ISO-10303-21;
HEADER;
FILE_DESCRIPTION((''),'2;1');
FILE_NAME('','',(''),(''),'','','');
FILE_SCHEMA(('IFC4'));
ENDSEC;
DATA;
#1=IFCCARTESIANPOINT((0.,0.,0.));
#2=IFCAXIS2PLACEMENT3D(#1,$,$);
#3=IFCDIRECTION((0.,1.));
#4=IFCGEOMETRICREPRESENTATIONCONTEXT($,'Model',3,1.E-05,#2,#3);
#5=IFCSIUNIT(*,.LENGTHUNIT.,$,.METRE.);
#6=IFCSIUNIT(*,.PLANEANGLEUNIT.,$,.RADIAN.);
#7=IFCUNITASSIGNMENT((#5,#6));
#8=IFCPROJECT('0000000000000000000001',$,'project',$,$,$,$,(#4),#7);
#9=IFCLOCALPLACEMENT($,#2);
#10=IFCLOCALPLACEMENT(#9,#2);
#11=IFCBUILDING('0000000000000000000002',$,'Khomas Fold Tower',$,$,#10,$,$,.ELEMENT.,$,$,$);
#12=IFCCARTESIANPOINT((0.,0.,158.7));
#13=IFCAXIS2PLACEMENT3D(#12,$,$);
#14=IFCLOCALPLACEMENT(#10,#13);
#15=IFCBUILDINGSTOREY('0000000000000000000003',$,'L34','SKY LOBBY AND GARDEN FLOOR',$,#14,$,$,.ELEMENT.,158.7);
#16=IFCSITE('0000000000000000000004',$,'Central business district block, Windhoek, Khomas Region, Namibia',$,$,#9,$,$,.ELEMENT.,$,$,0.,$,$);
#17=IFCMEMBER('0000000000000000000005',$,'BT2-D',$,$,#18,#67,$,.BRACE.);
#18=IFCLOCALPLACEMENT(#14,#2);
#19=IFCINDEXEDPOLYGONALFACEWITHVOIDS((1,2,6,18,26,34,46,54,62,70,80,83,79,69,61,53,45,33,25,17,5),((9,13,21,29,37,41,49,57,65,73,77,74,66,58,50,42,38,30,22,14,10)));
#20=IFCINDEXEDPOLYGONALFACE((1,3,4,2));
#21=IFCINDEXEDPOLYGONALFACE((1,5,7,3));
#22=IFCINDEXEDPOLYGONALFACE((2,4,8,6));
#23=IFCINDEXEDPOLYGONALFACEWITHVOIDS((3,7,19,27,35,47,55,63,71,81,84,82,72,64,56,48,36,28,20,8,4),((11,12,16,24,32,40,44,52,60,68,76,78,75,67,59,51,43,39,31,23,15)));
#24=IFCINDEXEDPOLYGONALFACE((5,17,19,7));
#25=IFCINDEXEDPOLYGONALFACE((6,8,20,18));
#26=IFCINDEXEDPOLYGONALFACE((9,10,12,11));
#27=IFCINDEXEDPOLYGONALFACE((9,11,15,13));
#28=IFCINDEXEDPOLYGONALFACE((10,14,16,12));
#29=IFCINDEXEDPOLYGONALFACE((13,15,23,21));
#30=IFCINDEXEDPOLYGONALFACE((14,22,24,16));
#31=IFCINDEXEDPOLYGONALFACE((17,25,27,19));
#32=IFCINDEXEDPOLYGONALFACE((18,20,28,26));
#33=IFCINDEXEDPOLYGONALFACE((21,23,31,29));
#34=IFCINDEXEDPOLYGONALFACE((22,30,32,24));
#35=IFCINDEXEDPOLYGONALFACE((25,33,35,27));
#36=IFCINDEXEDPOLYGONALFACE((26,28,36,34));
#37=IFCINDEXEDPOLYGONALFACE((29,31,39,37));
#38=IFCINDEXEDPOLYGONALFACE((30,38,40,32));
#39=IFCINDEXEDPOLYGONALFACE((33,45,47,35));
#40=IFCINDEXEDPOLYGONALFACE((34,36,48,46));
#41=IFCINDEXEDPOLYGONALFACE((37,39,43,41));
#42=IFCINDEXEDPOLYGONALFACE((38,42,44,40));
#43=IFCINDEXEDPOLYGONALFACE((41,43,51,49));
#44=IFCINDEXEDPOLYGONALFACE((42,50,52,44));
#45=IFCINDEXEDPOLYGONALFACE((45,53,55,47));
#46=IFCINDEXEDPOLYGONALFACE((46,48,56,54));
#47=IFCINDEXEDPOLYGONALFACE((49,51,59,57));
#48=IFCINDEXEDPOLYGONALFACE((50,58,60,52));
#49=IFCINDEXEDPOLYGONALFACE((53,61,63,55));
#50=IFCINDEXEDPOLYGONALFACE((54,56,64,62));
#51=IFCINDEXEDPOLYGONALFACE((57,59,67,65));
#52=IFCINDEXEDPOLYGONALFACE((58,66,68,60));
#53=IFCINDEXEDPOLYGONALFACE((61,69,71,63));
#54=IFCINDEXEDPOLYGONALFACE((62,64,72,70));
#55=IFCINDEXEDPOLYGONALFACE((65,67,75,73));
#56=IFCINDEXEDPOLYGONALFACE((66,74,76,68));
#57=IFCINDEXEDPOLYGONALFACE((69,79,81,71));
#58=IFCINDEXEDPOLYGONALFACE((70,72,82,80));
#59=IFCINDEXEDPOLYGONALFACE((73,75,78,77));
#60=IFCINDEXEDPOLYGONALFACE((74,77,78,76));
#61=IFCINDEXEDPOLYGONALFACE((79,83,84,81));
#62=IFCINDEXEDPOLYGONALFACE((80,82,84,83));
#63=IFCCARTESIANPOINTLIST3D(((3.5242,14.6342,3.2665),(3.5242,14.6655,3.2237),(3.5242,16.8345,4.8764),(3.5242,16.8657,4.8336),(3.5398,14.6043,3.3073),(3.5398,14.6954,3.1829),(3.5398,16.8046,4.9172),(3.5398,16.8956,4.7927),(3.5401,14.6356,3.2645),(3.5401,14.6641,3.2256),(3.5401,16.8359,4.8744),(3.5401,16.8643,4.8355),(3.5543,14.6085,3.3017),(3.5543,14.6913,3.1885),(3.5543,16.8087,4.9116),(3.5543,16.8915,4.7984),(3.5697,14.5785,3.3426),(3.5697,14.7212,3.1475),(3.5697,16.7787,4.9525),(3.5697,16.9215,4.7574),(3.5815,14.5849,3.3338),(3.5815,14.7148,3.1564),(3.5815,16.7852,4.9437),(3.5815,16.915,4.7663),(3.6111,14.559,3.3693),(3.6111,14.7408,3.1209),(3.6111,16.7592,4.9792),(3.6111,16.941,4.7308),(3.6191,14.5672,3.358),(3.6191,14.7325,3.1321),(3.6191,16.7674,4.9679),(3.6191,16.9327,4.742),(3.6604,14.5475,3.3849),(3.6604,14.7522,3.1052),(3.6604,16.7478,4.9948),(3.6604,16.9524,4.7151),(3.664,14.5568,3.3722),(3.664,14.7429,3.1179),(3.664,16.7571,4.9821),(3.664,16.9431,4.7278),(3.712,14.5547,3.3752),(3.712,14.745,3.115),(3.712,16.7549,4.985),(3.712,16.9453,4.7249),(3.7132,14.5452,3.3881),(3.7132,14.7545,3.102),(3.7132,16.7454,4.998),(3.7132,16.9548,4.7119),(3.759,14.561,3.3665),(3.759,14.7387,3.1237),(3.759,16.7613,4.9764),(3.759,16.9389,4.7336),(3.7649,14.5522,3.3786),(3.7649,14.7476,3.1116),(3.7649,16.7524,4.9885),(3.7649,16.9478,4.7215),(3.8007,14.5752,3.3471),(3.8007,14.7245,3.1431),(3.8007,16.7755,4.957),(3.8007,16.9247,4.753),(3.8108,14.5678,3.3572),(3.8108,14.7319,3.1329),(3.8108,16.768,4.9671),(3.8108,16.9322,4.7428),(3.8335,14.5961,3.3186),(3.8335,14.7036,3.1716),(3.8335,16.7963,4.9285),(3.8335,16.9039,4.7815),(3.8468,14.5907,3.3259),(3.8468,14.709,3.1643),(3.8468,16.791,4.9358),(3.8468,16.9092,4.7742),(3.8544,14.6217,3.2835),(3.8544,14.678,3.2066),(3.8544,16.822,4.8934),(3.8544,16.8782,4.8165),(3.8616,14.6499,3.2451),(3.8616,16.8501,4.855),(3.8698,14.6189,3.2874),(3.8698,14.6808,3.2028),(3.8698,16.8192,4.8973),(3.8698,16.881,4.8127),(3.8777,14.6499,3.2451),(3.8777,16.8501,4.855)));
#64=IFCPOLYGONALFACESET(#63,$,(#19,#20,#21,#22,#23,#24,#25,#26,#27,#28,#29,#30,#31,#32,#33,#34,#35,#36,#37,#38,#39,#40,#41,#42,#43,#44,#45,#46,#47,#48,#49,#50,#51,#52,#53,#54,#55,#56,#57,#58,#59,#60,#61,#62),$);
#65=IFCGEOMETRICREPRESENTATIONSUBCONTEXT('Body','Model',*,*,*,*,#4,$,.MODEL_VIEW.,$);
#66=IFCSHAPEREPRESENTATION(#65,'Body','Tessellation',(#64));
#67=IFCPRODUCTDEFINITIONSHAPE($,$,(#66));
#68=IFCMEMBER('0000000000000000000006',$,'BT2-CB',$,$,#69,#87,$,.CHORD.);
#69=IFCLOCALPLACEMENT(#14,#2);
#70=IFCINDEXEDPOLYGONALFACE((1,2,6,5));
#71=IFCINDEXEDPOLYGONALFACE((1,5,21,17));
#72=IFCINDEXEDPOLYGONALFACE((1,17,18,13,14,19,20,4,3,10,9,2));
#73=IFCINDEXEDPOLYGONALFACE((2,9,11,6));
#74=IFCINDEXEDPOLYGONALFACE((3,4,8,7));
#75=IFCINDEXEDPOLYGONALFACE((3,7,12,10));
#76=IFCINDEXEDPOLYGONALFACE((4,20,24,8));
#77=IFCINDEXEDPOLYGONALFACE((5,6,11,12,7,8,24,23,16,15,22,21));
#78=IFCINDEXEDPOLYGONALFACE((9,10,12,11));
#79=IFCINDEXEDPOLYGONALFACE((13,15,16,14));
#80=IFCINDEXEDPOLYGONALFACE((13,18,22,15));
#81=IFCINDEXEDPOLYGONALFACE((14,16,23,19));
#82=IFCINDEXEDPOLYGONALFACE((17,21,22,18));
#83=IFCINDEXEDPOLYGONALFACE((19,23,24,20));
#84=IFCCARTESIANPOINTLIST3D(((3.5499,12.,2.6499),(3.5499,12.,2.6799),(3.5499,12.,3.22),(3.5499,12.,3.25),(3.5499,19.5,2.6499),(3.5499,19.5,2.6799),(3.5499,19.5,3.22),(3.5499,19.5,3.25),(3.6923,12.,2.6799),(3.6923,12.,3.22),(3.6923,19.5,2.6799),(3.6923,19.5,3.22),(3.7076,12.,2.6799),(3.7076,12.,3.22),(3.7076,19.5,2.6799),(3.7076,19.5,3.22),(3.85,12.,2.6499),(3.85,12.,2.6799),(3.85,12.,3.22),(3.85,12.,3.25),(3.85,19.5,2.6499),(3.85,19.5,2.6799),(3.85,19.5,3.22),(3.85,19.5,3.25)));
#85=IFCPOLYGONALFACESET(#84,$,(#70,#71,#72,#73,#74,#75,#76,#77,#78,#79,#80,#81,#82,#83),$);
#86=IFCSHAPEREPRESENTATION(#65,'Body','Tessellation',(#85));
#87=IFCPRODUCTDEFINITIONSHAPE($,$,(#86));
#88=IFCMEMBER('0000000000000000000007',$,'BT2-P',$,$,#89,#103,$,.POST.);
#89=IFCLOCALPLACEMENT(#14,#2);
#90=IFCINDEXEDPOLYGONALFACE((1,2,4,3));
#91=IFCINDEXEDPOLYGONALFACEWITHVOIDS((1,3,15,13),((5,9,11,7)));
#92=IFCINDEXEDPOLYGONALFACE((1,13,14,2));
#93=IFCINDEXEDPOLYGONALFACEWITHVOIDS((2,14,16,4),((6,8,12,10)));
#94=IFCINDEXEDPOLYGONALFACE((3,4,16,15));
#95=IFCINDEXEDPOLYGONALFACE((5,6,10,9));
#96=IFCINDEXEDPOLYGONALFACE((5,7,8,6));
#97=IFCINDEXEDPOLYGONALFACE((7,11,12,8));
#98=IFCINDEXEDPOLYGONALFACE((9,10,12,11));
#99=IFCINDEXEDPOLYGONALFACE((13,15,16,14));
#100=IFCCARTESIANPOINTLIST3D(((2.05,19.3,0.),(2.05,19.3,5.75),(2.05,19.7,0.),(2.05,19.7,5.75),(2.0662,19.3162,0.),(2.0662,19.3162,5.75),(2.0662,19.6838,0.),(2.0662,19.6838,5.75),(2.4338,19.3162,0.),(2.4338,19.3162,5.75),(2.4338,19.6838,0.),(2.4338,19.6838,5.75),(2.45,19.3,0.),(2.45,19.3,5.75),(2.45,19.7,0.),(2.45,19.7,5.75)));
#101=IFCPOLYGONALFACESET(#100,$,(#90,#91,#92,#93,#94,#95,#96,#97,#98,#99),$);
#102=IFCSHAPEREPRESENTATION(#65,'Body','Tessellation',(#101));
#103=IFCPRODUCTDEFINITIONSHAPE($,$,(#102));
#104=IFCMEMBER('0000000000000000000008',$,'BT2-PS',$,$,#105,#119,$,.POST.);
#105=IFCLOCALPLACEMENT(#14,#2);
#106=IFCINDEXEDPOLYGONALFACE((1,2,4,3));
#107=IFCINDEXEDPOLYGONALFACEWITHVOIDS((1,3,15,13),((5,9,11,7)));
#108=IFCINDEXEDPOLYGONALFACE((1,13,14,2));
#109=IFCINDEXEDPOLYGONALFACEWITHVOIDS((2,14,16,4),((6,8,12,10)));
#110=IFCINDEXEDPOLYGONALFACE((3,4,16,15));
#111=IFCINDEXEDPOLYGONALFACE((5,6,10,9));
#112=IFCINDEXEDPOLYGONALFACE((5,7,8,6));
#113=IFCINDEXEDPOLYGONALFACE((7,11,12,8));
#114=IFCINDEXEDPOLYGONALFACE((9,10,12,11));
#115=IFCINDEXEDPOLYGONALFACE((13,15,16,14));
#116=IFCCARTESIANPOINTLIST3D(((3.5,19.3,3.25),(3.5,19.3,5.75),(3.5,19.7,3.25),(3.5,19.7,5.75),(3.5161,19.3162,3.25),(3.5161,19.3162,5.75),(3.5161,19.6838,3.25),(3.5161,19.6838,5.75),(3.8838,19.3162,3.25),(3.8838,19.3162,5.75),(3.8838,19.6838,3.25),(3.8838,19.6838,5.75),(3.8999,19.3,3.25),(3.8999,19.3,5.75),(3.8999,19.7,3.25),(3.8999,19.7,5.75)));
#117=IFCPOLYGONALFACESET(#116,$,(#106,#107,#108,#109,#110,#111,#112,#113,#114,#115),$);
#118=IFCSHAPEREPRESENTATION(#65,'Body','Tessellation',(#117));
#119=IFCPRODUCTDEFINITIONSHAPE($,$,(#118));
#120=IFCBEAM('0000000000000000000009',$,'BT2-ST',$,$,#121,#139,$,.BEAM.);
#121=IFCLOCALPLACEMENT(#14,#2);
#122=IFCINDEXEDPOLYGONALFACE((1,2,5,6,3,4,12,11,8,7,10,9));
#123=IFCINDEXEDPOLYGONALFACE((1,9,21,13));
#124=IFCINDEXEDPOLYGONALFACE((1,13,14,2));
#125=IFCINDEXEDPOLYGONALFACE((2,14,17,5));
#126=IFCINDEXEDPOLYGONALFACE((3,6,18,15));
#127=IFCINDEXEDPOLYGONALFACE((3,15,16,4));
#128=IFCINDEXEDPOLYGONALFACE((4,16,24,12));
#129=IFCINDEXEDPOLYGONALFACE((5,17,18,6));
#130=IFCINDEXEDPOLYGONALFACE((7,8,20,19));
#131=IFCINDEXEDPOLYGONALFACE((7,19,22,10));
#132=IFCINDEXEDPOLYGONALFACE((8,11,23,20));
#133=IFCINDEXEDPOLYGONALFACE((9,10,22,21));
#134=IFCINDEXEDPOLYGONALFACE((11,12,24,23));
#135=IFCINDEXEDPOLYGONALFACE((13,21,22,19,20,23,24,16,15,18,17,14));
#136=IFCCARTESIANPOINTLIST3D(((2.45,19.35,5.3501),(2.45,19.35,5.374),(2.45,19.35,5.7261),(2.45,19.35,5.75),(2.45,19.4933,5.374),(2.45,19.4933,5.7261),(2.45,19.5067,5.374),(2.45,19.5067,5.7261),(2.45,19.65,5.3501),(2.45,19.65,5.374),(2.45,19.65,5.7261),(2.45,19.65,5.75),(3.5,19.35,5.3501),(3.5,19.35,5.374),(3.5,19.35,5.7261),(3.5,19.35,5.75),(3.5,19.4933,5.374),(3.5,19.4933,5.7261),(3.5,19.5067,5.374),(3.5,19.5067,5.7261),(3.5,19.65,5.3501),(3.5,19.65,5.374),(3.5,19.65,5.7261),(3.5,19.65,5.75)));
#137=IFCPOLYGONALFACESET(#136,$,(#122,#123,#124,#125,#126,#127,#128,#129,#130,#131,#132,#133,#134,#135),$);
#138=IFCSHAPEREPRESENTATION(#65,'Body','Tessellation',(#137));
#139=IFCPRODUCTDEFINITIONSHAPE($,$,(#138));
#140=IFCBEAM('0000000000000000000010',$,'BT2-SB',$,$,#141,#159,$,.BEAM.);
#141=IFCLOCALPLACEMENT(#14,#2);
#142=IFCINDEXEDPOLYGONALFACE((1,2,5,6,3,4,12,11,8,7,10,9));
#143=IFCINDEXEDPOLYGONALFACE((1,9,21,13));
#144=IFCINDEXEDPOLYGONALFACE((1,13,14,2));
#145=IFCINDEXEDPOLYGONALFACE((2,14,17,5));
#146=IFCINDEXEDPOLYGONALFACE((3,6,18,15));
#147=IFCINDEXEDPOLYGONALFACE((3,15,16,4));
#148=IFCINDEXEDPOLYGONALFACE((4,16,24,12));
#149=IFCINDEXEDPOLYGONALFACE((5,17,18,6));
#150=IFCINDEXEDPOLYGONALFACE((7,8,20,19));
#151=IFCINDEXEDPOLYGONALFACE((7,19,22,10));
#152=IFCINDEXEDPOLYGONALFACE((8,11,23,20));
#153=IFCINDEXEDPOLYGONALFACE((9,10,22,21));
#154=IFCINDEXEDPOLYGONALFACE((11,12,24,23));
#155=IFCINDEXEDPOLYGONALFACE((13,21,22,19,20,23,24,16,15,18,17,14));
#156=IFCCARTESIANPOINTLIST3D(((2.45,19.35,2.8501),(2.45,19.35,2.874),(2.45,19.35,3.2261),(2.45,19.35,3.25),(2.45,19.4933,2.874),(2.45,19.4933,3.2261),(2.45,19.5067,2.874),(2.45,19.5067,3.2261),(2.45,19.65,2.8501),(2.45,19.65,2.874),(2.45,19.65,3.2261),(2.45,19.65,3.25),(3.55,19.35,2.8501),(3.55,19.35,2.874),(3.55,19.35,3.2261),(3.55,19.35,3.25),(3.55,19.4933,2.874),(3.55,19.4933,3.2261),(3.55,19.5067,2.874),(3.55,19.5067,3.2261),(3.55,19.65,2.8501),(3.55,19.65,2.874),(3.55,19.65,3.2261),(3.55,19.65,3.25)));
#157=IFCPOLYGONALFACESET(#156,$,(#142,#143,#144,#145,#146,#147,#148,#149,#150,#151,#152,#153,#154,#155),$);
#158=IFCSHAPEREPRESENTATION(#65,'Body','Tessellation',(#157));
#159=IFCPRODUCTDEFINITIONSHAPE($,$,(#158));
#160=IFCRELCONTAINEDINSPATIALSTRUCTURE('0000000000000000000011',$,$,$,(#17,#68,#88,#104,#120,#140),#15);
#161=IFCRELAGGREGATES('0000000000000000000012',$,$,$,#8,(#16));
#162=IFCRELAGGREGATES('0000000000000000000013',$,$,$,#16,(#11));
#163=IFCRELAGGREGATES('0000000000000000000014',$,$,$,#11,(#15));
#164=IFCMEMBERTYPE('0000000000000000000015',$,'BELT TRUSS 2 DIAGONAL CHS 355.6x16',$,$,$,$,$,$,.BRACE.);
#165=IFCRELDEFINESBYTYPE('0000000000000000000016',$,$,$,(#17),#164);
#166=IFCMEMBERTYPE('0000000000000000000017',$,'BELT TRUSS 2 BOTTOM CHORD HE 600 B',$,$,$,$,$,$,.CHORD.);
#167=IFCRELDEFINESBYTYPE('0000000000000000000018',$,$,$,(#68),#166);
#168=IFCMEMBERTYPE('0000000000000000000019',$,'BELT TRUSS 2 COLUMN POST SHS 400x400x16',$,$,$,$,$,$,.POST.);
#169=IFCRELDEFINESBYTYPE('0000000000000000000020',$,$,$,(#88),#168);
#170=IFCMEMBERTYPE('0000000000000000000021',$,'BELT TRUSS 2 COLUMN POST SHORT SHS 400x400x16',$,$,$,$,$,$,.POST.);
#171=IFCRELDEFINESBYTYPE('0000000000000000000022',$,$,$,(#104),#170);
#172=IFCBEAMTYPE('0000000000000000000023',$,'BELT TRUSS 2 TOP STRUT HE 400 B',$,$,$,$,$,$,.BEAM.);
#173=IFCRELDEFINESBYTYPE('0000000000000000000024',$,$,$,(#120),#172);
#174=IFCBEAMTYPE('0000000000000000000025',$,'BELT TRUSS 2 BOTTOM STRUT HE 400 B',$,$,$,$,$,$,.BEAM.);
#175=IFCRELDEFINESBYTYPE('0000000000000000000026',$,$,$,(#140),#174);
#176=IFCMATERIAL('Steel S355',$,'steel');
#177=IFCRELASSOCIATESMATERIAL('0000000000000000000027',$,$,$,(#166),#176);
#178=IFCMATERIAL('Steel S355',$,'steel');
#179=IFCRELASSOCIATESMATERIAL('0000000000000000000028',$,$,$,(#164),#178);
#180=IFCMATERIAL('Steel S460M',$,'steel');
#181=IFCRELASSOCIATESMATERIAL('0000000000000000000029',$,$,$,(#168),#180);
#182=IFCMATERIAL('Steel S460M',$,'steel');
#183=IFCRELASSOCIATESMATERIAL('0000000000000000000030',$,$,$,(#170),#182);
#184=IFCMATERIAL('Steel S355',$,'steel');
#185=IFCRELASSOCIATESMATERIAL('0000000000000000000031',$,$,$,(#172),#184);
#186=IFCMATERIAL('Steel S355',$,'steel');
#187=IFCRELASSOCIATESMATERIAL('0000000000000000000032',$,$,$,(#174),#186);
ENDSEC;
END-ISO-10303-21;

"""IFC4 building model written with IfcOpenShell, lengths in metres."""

from ifc_helpers import new_model, si_unit, direction, frame, origin, origin_2d, place, context, subcontext, project, spatial, hollow_rectangle, hollow_circle, i_section, extrude, source, transform, mapped, material, material_profile, profile_set, type_object, element, save


model = new_model("IFC4")

# Units and contexts
model_context = context("Model", 3, precision=1e-05, world=origin(), true_north=direction((0.0, 1.0)))
body_context = subcontext(model_context, "Body", "Model", "MODEL_VIEW")
ifc_project = project(units=[si_unit("LENGTHUNIT", "METRE"), si_unit("PLANEANGLEUNIT", "RADIAN")], contexts=[model_context])

# Site, building, storey
site_placement = place(None, origin())
site = spatial("IfcSite", under=ifc_project, at=site_placement, Name="Central business district block, Windhoek, Khomas Region, Namibia", CompositionType="ELEMENT", RefElevation=0.0)
building_placement = place(site_placement, origin())
building = spatial("IfcBuilding", under=site, at=building_placement, Name="Khomas Fold Tower", CompositionType="ELEMENT")
storey_placement = place(building_placement, frame((0.0, 0.0, 158.7)))
storey = spatial("IfcBuildingStorey", under=building, at=storey_placement, Name="L34", Description="SKY LOBBY AND GARDEN FLOOR", CompositionType="ELEMENT", Elevation=158.7)

# Members
ifc_material_1 = material(Name="Steel S355", Category="steel")
ifc_material_profile_1 = material_profile(ifc_material_1, i_section(OverallWidth=0.3, OverallDepth=0.6001, WebThickness=0.0154, FlangeThickness=0.03, at=origin_2d()), Name="HE 600 B")
ifc_profile_set_1 = profile_set([ifc_material_profile_1], Name="Steel S355")
member_type_1 = type_object("IfcMemberType", Name="BELT TRUSS 2 BOTTOM CHORD HE 600 B", PredefinedType="CHORD", material=ifc_profile_set_1)
ifc_material_2 = material(Name="Steel S355", Category="steel")
ifc_material_profile_2 = material_profile(ifc_material_2, hollow_circle(Radius=0.1777, WallThickness=0.0161, at=origin_2d()), Name="CHS 355.6x16")
ifc_profile_set_2 = profile_set([ifc_material_profile_2], Name="Steel S355")
member_type_2 = type_object("IfcMemberType", Name="BELT TRUSS 2 DIAGONAL CHS 355.6x16", PredefinedType="BRACE", material=ifc_profile_set_2)
shared_shape_1 = source(origin(), body_context, "Body", "SweptSolid", [
    extrude(hollow_circle(Radius=0.1777, WallThickness=0.0161, at=origin_2d()), origin(), (0.0, 0.0, 1.0), 2.7263),
])
for number, where, z_axis, x_axis, name in (
    (1, (3.7, 16.8501, 4.855), (0.0, -0.807037, -0.590501), (1.0, 0.0, 0.0), "BT2-D"),
):
    element("IfcMember", number, at=place(storey_placement, frame(where, z_axis=z_axis, x_axis=x_axis)), inside=storey, type_object=member_type_2, Name=name, PredefinedType="BRACE", context=body_context, shape_type="MappedRepresentation", body=[
        mapped(shared_shape_1, transform((0.0, 0.0, 0.0))),
    ])
shared_shape_2 = source(origin(), body_context, "Body", "SweptSolid", [
    extrude(i_section(OverallWidth=0.3, OverallDepth=0.6001, WebThickness=0.0154, FlangeThickness=0.03, at=origin_2d()), origin(), (0.0, 0.0, 1.0), 7.5),
])
member_1_placement = place(storey_placement, frame((3.7, 19.5, 2.95), z_axis=(0.0, -1.0, 0.0), x_axis=(1.0, 0.0, 0.0)))
element("IfcMember", 2, at=member_1_placement, inside=storey, type_object=member_type_1, Name="BT2-CB", PredefinedType="CHORD", context=body_context, shape_type="MappedRepresentation", body=[
    mapped(shared_shape_2, transform((0.0, 0.0, 0.0))),
])
ifc_material_3 = material(Name="Steel S460M", Category="steel")
ifc_material_profile_3 = material_profile(ifc_material_3, hollow_rectangle(XDim=0.3999, YDim=0.3999, WallThickness=0.0161, at=origin_2d()), Name="SHS 400x400x16")
ifc_profile_set_3 = profile_set([ifc_material_profile_3], Name="Steel S460M")
member_type_3 = type_object("IfcMemberType", Name="BELT TRUSS 2 COLUMN POST SHS 400x400x16", PredefinedType="POST", material=ifc_profile_set_3)
shared_shape_3 = source(origin(), body_context, "Body", "SweptSolid", [
    extrude(hollow_rectangle(XDim=0.3999, YDim=0.3999, WallThickness=0.0161, at=origin_2d()), origin(), (0.0, 0.0, 1.0), 5.75),
])
member_2_placement = place(storey_placement, frame((2.25, 19.5, 0.0), z_axis=(0.0, 0.0, 1.0), x_axis=(1.0, 0.0, 0.0)))
element("IfcMember", 3, at=member_2_placement, inside=storey, type_object=member_type_3, Name="BT2-P", PredefinedType="POST", context=body_context, shape_type="MappedRepresentation", body=[
    mapped(shared_shape_3, transform((0.0, 0.0, 0.0))),
])
ifc_material_4 = material(Name="Steel S460M", Category="steel")
ifc_material_profile_4 = material_profile(ifc_material_4, hollow_rectangle(XDim=0.3999, YDim=0.3999, WallThickness=0.0161, at=origin_2d()), Name="SHS 400x400x16")
ifc_profile_set_4 = profile_set([ifc_material_profile_4], Name="Steel S460M")
member_type_4 = type_object("IfcMemberType", Name="BELT TRUSS 2 COLUMN POST SHORT SHS 400x400x16", PredefinedType="POST", material=ifc_profile_set_4)
shared_shape_4 = source(origin(), body_context, "Body", "SweptSolid", [
    extrude(hollow_rectangle(XDim=0.3999, YDim=0.3999, WallThickness=0.0161, at=origin_2d()), origin(), (0.0, 0.0, 1.0), 2.5),
])
member_3_placement = place(storey_placement, frame((3.7, 19.5, 3.25), z_axis=(0.0, 0.0, 1.0), x_axis=(1.0, 0.0, 0.0)))
element("IfcMember", 4, at=member_3_placement, inside=storey, type_object=member_type_4, Name="BT2-PS", PredefinedType="POST", context=body_context, shape_type="MappedRepresentation", body=[
    mapped(shared_shape_4, transform((0.0, 0.0, 0.0))),
])

# Beams
ifc_material_5 = material(Name="Steel S355", Category="steel")
ifc_material_profile_5 = material_profile(ifc_material_5, i_section(OverallWidth=0.3, OverallDepth=0.3999, WebThickness=0.0134, FlangeThickness=0.0239, at=origin_2d()), Name="HE 400 B")
ifc_profile_set_5 = profile_set([ifc_material_profile_5], Name="Steel S355")
beam_type_1 = type_object("IfcBeamType", Name="BELT TRUSS 2 TOP STRUT HE 400 B", PredefinedType="BEAM", material=ifc_profile_set_5)
shared_shape_5 = source(origin(), body_context, "Body", "SweptSolid", [
    extrude(i_section(OverallWidth=0.3, OverallDepth=0.3999, WebThickness=0.0134, FlangeThickness=0.0239, at=origin_2d()), origin(), (0.0, 0.0, 1.0), 1.05),
])
beam_1_placement = place(storey_placement, frame((3.5, 19.5, 5.55), z_axis=(-1.0, 0.0, 0.0), x_axis=(0.0, -1.0, 0.0)))
element("IfcBeam", 5, at=beam_1_placement, inside=storey, type_object=beam_type_1, Name="BT2-ST", PredefinedType="BEAM", context=body_context, shape_type="MappedRepresentation", body=[
    mapped(shared_shape_5, transform((0.0, 0.0, 0.0))),
])
ifc_material_6 = material(Name="Steel S355", Category="steel")
ifc_material_profile_6 = material_profile(ifc_material_6, i_section(OverallWidth=0.3, OverallDepth=0.3999, WebThickness=0.0134, FlangeThickness=0.0239, at=origin_2d()), Name="HE 400 B")
ifc_profile_set_6 = profile_set([ifc_material_profile_6], Name="Steel S355")
beam_type_2 = type_object("IfcBeamType", Name="BELT TRUSS 2 BOTTOM STRUT HE 400 B", PredefinedType="BEAM", material=ifc_profile_set_6)
shared_shape_6 = source(origin(), body_context, "Body", "SweptSolid", [
    extrude(i_section(OverallWidth=0.3, OverallDepth=0.3999, WebThickness=0.0134, FlangeThickness=0.0239, at=origin_2d()), origin(), (0.0, 0.0, 1.0), 1.1001),
])
beam_2_placement = place(storey_placement, frame((3.55, 19.5, 3.05), z_axis=(-1.0, 0.0, 0.0), x_axis=(0.0, -1.0, 0.0)))
element("IfcBeam", 6, at=beam_2_placement, inside=storey, type_object=beam_type_2, Name="BT2-SB", PredefinedType="BEAM", context=body_context, shape_type="MappedRepresentation", body=[
    mapped(shared_shape_6, transform((0.0, 0.0, 0.0))),
])

save(model, "model.ifc")
